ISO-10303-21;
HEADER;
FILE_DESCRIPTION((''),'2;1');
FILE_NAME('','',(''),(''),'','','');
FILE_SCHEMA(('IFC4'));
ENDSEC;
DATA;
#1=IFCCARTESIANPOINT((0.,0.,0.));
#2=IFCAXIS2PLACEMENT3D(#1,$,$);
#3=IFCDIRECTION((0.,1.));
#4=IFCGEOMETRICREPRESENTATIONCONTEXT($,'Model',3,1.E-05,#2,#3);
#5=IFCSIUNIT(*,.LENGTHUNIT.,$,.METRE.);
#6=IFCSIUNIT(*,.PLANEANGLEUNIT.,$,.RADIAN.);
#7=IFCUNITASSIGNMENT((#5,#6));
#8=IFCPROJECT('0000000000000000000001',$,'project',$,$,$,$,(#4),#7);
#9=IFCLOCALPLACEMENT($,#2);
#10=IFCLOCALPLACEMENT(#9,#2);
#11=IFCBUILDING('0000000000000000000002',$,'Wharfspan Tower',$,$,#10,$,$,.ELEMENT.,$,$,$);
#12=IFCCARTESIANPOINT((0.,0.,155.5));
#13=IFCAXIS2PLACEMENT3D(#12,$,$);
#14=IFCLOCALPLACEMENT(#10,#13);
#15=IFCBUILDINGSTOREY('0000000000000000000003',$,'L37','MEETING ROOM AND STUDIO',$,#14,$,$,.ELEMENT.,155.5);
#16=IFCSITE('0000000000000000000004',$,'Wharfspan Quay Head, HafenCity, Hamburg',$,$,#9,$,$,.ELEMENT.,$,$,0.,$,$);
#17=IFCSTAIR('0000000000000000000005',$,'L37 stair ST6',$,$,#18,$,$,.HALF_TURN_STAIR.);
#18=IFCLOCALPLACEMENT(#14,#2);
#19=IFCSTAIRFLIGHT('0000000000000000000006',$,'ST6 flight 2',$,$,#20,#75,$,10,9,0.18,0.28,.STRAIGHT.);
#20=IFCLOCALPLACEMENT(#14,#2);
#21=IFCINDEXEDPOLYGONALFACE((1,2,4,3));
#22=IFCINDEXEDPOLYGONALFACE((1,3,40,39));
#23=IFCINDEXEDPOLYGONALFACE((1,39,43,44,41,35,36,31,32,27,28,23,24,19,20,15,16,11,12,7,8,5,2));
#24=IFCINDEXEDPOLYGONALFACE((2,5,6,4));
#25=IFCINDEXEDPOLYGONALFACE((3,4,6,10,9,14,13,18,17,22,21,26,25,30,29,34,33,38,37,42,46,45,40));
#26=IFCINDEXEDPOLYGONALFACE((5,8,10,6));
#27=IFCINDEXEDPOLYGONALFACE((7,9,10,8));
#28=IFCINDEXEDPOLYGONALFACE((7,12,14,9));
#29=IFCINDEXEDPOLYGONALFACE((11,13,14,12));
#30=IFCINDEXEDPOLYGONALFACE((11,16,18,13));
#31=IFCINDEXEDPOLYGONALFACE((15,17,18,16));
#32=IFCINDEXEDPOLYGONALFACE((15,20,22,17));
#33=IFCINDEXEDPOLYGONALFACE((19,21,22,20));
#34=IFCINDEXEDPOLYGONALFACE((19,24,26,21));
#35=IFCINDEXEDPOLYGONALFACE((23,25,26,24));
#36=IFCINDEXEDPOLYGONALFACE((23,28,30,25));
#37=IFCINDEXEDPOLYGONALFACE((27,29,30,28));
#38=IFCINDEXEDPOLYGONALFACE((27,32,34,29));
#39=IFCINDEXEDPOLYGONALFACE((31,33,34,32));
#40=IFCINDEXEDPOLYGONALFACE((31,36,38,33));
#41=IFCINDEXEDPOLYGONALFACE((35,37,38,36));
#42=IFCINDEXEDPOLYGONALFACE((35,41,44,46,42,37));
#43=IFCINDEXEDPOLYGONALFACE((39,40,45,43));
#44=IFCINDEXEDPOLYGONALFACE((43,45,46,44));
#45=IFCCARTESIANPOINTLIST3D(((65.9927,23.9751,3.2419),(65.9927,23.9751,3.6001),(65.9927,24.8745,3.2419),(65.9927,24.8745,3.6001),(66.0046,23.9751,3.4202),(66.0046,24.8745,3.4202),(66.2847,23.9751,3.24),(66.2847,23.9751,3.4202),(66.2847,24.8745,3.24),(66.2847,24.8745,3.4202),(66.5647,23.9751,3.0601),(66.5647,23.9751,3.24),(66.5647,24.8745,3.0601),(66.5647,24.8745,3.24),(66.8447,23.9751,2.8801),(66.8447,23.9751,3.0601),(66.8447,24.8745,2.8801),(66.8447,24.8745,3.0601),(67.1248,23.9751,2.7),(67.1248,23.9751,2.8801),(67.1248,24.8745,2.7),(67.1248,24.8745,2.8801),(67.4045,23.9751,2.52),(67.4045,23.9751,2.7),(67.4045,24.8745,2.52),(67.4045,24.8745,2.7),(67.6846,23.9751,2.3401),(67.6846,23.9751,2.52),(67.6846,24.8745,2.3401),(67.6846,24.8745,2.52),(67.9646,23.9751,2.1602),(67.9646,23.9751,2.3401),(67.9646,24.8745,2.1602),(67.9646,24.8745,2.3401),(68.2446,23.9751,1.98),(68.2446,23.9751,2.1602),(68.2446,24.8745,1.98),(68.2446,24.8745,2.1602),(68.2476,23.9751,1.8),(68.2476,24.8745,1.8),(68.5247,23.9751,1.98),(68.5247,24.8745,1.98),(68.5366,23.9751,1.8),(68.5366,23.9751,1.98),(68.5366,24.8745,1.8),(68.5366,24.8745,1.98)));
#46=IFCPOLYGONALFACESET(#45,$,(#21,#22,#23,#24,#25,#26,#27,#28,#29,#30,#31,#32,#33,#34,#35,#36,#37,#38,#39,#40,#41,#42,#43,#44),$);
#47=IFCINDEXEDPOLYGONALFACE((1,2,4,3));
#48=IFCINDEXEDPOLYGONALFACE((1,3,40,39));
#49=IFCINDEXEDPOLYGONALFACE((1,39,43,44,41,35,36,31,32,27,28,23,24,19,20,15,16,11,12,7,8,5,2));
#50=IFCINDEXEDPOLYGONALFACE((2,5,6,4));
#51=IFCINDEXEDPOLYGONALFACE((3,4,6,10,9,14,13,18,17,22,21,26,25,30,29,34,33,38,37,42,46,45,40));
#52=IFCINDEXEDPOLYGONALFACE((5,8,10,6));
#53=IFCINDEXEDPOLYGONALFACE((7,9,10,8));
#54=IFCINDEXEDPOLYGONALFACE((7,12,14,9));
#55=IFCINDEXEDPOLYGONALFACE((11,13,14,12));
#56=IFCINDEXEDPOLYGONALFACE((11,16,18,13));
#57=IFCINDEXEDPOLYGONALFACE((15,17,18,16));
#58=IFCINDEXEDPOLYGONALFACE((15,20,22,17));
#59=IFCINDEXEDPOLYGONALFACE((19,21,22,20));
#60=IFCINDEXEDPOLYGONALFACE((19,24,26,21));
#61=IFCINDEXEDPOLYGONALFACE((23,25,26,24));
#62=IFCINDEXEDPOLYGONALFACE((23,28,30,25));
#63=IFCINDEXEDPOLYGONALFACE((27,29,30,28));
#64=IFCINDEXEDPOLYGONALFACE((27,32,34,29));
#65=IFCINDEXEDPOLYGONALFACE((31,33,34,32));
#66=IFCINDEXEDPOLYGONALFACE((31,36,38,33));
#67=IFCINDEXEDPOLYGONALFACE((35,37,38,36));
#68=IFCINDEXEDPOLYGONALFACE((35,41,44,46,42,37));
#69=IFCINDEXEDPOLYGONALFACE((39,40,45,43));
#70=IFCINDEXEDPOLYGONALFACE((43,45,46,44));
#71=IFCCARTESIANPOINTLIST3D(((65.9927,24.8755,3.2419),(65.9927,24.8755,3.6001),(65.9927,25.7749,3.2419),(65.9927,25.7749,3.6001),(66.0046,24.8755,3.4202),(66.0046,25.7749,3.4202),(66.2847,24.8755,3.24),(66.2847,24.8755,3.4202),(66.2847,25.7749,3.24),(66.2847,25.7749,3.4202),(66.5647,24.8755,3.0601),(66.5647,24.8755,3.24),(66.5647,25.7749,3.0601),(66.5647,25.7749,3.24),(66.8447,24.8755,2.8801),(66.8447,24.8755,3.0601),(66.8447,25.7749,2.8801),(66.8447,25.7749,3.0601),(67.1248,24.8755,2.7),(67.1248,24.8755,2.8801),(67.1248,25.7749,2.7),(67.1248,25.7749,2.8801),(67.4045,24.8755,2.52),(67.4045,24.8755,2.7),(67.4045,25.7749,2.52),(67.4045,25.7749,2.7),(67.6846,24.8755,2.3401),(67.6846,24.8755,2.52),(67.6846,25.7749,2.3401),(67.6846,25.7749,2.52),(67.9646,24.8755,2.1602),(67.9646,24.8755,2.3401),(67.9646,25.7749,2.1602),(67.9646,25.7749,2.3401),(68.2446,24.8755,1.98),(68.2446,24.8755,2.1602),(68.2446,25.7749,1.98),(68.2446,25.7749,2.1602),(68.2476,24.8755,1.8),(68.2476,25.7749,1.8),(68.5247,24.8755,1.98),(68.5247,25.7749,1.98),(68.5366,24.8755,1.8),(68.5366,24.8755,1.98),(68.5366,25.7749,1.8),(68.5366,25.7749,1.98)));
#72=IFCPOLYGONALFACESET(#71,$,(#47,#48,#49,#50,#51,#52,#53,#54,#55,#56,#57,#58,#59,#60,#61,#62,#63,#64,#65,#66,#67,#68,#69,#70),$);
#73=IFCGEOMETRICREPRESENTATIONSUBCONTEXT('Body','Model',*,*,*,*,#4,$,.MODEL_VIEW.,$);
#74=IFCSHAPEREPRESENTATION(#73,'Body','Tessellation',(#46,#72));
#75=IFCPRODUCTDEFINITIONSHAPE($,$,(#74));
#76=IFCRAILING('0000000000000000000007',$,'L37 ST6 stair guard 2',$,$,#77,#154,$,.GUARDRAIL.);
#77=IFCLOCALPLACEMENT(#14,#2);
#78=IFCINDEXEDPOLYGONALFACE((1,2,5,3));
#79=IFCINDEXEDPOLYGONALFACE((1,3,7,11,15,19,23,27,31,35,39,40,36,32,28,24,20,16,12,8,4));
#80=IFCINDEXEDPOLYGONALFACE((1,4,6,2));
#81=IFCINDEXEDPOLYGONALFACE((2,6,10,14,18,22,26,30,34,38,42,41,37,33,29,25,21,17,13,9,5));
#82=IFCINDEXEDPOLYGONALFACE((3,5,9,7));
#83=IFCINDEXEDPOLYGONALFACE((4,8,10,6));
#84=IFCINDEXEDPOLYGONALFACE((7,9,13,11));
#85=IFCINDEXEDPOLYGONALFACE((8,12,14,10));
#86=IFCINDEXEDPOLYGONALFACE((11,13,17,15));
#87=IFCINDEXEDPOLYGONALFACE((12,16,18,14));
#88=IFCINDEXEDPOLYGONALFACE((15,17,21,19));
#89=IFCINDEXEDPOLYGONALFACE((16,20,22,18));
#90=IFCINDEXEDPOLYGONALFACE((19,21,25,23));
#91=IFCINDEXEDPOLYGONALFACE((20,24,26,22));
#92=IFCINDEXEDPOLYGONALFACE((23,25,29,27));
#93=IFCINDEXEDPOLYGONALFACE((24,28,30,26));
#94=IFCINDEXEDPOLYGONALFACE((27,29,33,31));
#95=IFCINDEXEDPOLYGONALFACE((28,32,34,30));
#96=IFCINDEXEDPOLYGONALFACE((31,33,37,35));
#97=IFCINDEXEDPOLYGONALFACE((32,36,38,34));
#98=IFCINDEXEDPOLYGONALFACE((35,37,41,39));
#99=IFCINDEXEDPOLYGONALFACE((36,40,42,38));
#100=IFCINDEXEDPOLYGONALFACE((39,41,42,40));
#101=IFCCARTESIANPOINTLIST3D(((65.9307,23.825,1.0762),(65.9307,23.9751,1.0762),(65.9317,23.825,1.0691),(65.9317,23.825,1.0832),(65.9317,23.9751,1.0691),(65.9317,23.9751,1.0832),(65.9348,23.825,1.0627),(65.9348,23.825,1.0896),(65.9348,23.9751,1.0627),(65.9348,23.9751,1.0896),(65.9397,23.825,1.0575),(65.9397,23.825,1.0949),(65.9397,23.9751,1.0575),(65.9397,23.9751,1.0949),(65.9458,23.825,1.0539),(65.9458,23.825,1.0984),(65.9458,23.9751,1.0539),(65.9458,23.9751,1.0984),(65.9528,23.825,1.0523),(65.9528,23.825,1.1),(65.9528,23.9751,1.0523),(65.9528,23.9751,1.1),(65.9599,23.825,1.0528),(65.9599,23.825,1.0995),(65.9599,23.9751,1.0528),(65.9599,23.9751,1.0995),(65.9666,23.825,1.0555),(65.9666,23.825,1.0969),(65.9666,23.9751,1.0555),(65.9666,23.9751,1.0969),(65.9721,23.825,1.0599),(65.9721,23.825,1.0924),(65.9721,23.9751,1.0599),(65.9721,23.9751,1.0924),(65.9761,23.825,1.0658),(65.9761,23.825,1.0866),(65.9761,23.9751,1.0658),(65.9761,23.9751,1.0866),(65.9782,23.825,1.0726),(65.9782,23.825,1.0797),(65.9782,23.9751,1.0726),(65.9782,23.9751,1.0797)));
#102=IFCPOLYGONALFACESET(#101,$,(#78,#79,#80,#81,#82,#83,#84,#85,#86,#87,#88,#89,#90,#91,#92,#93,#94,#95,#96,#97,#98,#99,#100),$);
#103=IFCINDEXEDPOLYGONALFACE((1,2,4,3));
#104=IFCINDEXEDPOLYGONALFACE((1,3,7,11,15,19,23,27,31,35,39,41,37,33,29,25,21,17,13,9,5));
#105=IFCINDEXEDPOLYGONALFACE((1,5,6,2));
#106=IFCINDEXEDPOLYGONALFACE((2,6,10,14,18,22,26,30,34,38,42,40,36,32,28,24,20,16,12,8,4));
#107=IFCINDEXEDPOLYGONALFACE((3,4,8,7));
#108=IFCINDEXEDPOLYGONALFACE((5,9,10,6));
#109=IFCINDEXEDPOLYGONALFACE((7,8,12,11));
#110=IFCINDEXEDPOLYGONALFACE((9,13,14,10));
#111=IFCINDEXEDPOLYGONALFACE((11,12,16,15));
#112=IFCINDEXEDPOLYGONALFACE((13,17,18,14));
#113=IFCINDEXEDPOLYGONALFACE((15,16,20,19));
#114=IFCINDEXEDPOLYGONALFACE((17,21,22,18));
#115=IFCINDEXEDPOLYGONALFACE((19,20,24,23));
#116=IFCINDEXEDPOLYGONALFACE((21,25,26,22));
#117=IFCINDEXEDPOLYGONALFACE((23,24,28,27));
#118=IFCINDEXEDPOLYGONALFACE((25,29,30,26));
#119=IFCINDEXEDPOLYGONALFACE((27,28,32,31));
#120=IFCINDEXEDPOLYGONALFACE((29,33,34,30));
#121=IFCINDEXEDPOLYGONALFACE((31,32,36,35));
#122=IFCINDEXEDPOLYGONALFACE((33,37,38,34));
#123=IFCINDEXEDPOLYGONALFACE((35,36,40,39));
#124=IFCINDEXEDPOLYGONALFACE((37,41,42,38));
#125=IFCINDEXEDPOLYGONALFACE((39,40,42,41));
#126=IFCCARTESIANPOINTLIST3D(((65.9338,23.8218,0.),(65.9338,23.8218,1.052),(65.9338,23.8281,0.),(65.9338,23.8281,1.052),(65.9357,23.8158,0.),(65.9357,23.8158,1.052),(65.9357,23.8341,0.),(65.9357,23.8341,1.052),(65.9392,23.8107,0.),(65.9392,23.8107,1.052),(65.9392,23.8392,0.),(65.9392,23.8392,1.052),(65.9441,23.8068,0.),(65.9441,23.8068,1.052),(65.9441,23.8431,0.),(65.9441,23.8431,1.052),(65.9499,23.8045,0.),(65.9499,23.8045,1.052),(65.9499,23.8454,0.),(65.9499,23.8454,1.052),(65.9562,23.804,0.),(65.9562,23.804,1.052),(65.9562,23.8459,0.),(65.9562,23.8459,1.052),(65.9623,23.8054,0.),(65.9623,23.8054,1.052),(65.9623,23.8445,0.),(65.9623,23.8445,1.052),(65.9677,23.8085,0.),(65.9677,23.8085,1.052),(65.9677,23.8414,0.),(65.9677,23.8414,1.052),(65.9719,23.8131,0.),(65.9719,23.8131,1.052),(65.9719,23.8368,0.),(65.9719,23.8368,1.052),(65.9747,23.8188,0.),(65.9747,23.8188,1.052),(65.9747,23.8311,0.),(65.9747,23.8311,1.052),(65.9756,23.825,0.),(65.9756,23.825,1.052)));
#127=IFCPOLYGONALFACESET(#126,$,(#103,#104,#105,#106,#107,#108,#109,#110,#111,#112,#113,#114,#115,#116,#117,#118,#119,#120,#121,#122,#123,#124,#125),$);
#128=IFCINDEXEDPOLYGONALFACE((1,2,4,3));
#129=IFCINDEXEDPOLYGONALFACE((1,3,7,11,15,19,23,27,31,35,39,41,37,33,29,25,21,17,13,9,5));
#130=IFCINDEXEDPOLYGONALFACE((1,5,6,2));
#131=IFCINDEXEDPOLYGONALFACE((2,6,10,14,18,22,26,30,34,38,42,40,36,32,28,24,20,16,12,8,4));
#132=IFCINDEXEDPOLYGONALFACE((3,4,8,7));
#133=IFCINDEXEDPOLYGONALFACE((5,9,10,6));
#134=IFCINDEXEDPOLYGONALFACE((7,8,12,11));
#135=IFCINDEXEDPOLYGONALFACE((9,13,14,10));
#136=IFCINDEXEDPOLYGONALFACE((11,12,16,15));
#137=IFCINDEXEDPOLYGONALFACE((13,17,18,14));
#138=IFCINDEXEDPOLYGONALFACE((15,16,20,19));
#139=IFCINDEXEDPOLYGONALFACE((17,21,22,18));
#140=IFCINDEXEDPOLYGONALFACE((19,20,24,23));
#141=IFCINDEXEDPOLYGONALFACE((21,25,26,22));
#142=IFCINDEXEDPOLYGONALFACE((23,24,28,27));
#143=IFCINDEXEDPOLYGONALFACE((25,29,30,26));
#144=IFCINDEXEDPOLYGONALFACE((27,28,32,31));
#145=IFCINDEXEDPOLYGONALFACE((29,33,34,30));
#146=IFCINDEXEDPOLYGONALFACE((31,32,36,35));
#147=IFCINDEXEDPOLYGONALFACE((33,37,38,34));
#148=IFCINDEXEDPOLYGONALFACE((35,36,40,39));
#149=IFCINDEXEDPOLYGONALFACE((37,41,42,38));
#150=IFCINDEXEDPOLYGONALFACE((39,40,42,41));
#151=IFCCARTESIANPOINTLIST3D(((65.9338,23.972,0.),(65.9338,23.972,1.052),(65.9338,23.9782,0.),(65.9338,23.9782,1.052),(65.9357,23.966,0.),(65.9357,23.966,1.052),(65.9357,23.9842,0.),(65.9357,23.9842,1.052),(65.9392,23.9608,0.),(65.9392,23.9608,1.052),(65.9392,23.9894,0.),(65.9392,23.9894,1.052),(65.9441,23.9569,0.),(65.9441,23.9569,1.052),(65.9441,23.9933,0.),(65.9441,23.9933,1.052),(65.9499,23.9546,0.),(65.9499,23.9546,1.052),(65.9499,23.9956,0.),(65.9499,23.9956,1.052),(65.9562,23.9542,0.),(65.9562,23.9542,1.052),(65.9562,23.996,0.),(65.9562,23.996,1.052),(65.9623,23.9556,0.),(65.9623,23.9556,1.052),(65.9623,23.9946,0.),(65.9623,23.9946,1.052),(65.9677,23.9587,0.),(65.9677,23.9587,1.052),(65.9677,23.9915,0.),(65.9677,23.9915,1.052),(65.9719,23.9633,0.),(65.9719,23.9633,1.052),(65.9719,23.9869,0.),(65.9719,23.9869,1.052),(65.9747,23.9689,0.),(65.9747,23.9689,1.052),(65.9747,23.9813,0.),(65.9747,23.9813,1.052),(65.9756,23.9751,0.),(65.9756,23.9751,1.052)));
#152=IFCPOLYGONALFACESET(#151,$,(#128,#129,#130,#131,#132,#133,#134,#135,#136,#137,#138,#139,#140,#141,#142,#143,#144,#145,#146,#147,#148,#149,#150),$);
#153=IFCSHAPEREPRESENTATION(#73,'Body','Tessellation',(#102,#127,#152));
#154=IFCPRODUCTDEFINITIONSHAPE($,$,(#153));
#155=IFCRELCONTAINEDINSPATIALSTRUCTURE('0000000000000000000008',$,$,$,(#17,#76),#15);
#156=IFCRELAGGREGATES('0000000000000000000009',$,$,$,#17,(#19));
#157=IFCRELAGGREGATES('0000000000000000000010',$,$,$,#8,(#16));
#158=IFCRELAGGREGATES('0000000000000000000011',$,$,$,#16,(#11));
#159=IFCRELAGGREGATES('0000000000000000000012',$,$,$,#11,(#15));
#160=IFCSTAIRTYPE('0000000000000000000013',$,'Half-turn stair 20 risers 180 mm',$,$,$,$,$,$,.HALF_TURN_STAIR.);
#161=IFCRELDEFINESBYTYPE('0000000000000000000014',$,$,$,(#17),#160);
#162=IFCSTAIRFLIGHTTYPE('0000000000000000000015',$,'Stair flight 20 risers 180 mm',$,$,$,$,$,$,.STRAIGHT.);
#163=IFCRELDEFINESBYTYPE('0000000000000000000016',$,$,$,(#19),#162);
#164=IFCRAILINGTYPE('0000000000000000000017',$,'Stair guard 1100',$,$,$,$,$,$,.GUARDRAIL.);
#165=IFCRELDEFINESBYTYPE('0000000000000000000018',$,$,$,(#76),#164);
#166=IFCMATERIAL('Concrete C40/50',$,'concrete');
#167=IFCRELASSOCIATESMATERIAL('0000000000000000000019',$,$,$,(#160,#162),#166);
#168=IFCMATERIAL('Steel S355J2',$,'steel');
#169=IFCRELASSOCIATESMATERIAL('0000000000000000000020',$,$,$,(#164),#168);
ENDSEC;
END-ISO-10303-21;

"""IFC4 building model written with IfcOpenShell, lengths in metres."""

from ifc_helpers import new_model, si_unit, direction, frame, origin, origin_2d, place, context, subcontext, project, spatial, polyline, circle, outline, extrude, material, type_object, element, aggregate, save


model = new_model("IFC4")

# Units and contexts
model_context = context("Model", 3, precision=1e-05, world=origin(), true_north=direction((0.0, 1.0)))
body_context = subcontext(model_context, "Body", "Model", "MODEL_VIEW")
ifc_project = project(units=[si_unit("LENGTHUNIT", "METRE"), si_unit("PLANEANGLEUNIT", "RADIAN")], contexts=[model_context])

# Site, building, storey
site_placement = place(None, origin())
site = spatial("IfcSite", under=ifc_project, at=site_placement, Name="Wharfspan Quay Head, HafenCity, Hamburg", CompositionType="ELEMENT", RefElevation=0.0)
building_placement = place(site_placement, origin())
building = spatial("IfcBuilding", under=site, at=building_placement, Name="Wharfspan Tower", CompositionType="ELEMENT")
storey_placement = place(building_placement, frame((0.0, 0.0, 155.5)))
storey = spatial("IfcBuildingStorey", under=building, at=storey_placement, Name="L37", Description="MEETING ROOM AND STUDIO", CompositionType="ELEMENT", Elevation=155.5)

# Shared definitions
ifc_material_1 = material(Name="Concrete C40/50", Category="concrete")

# Stair, stair flight
stair_type = type_object("IfcStairType", Name="Half-turn stair 20 risers 180 mm", PredefinedType="HALF_TURN_STAIR", material=ifc_material_1)
stair_placement = place(storey_placement, origin())
stair = element("IfcStair", 1, at=stair_placement, inside=storey, type_object=stair_type, Name="L37 stair ST6", PredefinedType="HALF_TURN_STAIR")
stair_flight_type = type_object("IfcStairFlightType", Name="Stair flight 20 risers 180 mm", PredefinedType="STRAIGHT", material=ifc_material_1)
stair_flight_1_placement = place(storey_placement, frame((68.5247, 24.875, 1.8), z_axis=(0.0, 0.0, 1.0), x_axis=(-1.0, 0.0, 0.0)))
stair_flight_1 = element("IfcStairFlight", 2, at=stair_flight_1_placement, type_object=stair_flight_type, Name="ST6 flight 2", NumberOfRisers=10, NumberOfTreads=9, PredefinedType="STRAIGHT", RiserHeight=0.18, TreadLength=0.28, context=body_context, shape_type="SweptSolid", body=[
    extrude(outline(polyline([(-0.012, 0.0), (-0.012, 0.1799), (0.0, 0.1799), (0.28, 0.1799), (0.28, 0.3601), (0.5601, 0.3601), (0.5601, 0.54), (0.8401, 0.54), (0.8401, 0.72), (1.1201, 0.72), (1.1201, 0.8999), (1.3999, 0.8999), (1.3999, 1.0801), (1.6799, 1.0801), (1.6799, 1.26), (1.96, 1.26), (1.96, 1.4399), (2.24, 1.4399), (2.24, 1.6201), (2.52, 1.6201), (2.532, 1.8), (2.532, 1.4419), (0.2771, 0.0), (-0.012, 0.0)])), frame((0.0, 0.8999, 0.0), z_axis=(0.0, -1.0, 0.0), x_axis=(1.0, 0.0, 0.0)), (0.0, 0.0, 1.0), 0.8994),
    extrude(outline(polyline([(-0.012, 0.0), (-0.012, 0.1799), (0.0, 0.1799), (0.28, 0.1799), (0.28, 0.3601), (0.5601, 0.3601), (0.5601, 0.54), (0.8401, 0.54), (0.8401, 0.72), (1.1201, 0.72), (1.1201, 0.8999), (1.3999, 0.8999), (1.3999, 1.0801), (1.6799, 1.0801), (1.6799, 1.26), (1.96, 1.26), (1.96, 1.4399), (2.24, 1.4399), (2.24, 1.6201), (2.52, 1.6201), (2.532, 1.8), (2.532, 1.4419), (0.2771, 0.0), (-0.012, 0.0)])), frame((0.0, -0.0005, 0.0), z_axis=(0.0, -1.0, 0.0), x_axis=(1.0, 0.0, 0.0)), (0.0, 0.0, 1.0), 0.8994),
])
aggregate(stair, [stair_flight_1])

# Railing
ifc_material_2 = material(Name="Steel S355J2", Category="steel")
railing_type_1 = type_object("IfcRailingType", Name="Stair guard 1100", PredefinedType="GUARDRAIL", material=ifc_material_2)
railing_1_placement = place(storey_placement, frame((65.9546, 23.825, 0.0)))
element("IfcRailing", 3, at=railing_1_placement, inside=storey, type_object=railing_type_1, Name="L37 ST6 stair guard 2", PredefinedType="GUARDRAIL", context=body_context, shape_type="SweptSolid", body=[
    extrude(circle(Radius=0.0239, at=origin_2d()), frame((0.0, 0.0, 1.0762), z_axis=(0.0, 1.0, 0.0), x_axis=(-1.0, 0.0, 0.0)), (0.0, 0.0, 1.0), 0.1501),
    extrude(circle(Radius=0.021, at=origin_2d()), origin(), (0.0, 0.0, 1.0), 1.052),
    extrude(circle(Radius=0.021, at=origin_2d()), frame((0.0, 0.1501, 0.0)), (0.0, 0.0, 1.0), 1.052),
])

save(model, "model.ifc")
